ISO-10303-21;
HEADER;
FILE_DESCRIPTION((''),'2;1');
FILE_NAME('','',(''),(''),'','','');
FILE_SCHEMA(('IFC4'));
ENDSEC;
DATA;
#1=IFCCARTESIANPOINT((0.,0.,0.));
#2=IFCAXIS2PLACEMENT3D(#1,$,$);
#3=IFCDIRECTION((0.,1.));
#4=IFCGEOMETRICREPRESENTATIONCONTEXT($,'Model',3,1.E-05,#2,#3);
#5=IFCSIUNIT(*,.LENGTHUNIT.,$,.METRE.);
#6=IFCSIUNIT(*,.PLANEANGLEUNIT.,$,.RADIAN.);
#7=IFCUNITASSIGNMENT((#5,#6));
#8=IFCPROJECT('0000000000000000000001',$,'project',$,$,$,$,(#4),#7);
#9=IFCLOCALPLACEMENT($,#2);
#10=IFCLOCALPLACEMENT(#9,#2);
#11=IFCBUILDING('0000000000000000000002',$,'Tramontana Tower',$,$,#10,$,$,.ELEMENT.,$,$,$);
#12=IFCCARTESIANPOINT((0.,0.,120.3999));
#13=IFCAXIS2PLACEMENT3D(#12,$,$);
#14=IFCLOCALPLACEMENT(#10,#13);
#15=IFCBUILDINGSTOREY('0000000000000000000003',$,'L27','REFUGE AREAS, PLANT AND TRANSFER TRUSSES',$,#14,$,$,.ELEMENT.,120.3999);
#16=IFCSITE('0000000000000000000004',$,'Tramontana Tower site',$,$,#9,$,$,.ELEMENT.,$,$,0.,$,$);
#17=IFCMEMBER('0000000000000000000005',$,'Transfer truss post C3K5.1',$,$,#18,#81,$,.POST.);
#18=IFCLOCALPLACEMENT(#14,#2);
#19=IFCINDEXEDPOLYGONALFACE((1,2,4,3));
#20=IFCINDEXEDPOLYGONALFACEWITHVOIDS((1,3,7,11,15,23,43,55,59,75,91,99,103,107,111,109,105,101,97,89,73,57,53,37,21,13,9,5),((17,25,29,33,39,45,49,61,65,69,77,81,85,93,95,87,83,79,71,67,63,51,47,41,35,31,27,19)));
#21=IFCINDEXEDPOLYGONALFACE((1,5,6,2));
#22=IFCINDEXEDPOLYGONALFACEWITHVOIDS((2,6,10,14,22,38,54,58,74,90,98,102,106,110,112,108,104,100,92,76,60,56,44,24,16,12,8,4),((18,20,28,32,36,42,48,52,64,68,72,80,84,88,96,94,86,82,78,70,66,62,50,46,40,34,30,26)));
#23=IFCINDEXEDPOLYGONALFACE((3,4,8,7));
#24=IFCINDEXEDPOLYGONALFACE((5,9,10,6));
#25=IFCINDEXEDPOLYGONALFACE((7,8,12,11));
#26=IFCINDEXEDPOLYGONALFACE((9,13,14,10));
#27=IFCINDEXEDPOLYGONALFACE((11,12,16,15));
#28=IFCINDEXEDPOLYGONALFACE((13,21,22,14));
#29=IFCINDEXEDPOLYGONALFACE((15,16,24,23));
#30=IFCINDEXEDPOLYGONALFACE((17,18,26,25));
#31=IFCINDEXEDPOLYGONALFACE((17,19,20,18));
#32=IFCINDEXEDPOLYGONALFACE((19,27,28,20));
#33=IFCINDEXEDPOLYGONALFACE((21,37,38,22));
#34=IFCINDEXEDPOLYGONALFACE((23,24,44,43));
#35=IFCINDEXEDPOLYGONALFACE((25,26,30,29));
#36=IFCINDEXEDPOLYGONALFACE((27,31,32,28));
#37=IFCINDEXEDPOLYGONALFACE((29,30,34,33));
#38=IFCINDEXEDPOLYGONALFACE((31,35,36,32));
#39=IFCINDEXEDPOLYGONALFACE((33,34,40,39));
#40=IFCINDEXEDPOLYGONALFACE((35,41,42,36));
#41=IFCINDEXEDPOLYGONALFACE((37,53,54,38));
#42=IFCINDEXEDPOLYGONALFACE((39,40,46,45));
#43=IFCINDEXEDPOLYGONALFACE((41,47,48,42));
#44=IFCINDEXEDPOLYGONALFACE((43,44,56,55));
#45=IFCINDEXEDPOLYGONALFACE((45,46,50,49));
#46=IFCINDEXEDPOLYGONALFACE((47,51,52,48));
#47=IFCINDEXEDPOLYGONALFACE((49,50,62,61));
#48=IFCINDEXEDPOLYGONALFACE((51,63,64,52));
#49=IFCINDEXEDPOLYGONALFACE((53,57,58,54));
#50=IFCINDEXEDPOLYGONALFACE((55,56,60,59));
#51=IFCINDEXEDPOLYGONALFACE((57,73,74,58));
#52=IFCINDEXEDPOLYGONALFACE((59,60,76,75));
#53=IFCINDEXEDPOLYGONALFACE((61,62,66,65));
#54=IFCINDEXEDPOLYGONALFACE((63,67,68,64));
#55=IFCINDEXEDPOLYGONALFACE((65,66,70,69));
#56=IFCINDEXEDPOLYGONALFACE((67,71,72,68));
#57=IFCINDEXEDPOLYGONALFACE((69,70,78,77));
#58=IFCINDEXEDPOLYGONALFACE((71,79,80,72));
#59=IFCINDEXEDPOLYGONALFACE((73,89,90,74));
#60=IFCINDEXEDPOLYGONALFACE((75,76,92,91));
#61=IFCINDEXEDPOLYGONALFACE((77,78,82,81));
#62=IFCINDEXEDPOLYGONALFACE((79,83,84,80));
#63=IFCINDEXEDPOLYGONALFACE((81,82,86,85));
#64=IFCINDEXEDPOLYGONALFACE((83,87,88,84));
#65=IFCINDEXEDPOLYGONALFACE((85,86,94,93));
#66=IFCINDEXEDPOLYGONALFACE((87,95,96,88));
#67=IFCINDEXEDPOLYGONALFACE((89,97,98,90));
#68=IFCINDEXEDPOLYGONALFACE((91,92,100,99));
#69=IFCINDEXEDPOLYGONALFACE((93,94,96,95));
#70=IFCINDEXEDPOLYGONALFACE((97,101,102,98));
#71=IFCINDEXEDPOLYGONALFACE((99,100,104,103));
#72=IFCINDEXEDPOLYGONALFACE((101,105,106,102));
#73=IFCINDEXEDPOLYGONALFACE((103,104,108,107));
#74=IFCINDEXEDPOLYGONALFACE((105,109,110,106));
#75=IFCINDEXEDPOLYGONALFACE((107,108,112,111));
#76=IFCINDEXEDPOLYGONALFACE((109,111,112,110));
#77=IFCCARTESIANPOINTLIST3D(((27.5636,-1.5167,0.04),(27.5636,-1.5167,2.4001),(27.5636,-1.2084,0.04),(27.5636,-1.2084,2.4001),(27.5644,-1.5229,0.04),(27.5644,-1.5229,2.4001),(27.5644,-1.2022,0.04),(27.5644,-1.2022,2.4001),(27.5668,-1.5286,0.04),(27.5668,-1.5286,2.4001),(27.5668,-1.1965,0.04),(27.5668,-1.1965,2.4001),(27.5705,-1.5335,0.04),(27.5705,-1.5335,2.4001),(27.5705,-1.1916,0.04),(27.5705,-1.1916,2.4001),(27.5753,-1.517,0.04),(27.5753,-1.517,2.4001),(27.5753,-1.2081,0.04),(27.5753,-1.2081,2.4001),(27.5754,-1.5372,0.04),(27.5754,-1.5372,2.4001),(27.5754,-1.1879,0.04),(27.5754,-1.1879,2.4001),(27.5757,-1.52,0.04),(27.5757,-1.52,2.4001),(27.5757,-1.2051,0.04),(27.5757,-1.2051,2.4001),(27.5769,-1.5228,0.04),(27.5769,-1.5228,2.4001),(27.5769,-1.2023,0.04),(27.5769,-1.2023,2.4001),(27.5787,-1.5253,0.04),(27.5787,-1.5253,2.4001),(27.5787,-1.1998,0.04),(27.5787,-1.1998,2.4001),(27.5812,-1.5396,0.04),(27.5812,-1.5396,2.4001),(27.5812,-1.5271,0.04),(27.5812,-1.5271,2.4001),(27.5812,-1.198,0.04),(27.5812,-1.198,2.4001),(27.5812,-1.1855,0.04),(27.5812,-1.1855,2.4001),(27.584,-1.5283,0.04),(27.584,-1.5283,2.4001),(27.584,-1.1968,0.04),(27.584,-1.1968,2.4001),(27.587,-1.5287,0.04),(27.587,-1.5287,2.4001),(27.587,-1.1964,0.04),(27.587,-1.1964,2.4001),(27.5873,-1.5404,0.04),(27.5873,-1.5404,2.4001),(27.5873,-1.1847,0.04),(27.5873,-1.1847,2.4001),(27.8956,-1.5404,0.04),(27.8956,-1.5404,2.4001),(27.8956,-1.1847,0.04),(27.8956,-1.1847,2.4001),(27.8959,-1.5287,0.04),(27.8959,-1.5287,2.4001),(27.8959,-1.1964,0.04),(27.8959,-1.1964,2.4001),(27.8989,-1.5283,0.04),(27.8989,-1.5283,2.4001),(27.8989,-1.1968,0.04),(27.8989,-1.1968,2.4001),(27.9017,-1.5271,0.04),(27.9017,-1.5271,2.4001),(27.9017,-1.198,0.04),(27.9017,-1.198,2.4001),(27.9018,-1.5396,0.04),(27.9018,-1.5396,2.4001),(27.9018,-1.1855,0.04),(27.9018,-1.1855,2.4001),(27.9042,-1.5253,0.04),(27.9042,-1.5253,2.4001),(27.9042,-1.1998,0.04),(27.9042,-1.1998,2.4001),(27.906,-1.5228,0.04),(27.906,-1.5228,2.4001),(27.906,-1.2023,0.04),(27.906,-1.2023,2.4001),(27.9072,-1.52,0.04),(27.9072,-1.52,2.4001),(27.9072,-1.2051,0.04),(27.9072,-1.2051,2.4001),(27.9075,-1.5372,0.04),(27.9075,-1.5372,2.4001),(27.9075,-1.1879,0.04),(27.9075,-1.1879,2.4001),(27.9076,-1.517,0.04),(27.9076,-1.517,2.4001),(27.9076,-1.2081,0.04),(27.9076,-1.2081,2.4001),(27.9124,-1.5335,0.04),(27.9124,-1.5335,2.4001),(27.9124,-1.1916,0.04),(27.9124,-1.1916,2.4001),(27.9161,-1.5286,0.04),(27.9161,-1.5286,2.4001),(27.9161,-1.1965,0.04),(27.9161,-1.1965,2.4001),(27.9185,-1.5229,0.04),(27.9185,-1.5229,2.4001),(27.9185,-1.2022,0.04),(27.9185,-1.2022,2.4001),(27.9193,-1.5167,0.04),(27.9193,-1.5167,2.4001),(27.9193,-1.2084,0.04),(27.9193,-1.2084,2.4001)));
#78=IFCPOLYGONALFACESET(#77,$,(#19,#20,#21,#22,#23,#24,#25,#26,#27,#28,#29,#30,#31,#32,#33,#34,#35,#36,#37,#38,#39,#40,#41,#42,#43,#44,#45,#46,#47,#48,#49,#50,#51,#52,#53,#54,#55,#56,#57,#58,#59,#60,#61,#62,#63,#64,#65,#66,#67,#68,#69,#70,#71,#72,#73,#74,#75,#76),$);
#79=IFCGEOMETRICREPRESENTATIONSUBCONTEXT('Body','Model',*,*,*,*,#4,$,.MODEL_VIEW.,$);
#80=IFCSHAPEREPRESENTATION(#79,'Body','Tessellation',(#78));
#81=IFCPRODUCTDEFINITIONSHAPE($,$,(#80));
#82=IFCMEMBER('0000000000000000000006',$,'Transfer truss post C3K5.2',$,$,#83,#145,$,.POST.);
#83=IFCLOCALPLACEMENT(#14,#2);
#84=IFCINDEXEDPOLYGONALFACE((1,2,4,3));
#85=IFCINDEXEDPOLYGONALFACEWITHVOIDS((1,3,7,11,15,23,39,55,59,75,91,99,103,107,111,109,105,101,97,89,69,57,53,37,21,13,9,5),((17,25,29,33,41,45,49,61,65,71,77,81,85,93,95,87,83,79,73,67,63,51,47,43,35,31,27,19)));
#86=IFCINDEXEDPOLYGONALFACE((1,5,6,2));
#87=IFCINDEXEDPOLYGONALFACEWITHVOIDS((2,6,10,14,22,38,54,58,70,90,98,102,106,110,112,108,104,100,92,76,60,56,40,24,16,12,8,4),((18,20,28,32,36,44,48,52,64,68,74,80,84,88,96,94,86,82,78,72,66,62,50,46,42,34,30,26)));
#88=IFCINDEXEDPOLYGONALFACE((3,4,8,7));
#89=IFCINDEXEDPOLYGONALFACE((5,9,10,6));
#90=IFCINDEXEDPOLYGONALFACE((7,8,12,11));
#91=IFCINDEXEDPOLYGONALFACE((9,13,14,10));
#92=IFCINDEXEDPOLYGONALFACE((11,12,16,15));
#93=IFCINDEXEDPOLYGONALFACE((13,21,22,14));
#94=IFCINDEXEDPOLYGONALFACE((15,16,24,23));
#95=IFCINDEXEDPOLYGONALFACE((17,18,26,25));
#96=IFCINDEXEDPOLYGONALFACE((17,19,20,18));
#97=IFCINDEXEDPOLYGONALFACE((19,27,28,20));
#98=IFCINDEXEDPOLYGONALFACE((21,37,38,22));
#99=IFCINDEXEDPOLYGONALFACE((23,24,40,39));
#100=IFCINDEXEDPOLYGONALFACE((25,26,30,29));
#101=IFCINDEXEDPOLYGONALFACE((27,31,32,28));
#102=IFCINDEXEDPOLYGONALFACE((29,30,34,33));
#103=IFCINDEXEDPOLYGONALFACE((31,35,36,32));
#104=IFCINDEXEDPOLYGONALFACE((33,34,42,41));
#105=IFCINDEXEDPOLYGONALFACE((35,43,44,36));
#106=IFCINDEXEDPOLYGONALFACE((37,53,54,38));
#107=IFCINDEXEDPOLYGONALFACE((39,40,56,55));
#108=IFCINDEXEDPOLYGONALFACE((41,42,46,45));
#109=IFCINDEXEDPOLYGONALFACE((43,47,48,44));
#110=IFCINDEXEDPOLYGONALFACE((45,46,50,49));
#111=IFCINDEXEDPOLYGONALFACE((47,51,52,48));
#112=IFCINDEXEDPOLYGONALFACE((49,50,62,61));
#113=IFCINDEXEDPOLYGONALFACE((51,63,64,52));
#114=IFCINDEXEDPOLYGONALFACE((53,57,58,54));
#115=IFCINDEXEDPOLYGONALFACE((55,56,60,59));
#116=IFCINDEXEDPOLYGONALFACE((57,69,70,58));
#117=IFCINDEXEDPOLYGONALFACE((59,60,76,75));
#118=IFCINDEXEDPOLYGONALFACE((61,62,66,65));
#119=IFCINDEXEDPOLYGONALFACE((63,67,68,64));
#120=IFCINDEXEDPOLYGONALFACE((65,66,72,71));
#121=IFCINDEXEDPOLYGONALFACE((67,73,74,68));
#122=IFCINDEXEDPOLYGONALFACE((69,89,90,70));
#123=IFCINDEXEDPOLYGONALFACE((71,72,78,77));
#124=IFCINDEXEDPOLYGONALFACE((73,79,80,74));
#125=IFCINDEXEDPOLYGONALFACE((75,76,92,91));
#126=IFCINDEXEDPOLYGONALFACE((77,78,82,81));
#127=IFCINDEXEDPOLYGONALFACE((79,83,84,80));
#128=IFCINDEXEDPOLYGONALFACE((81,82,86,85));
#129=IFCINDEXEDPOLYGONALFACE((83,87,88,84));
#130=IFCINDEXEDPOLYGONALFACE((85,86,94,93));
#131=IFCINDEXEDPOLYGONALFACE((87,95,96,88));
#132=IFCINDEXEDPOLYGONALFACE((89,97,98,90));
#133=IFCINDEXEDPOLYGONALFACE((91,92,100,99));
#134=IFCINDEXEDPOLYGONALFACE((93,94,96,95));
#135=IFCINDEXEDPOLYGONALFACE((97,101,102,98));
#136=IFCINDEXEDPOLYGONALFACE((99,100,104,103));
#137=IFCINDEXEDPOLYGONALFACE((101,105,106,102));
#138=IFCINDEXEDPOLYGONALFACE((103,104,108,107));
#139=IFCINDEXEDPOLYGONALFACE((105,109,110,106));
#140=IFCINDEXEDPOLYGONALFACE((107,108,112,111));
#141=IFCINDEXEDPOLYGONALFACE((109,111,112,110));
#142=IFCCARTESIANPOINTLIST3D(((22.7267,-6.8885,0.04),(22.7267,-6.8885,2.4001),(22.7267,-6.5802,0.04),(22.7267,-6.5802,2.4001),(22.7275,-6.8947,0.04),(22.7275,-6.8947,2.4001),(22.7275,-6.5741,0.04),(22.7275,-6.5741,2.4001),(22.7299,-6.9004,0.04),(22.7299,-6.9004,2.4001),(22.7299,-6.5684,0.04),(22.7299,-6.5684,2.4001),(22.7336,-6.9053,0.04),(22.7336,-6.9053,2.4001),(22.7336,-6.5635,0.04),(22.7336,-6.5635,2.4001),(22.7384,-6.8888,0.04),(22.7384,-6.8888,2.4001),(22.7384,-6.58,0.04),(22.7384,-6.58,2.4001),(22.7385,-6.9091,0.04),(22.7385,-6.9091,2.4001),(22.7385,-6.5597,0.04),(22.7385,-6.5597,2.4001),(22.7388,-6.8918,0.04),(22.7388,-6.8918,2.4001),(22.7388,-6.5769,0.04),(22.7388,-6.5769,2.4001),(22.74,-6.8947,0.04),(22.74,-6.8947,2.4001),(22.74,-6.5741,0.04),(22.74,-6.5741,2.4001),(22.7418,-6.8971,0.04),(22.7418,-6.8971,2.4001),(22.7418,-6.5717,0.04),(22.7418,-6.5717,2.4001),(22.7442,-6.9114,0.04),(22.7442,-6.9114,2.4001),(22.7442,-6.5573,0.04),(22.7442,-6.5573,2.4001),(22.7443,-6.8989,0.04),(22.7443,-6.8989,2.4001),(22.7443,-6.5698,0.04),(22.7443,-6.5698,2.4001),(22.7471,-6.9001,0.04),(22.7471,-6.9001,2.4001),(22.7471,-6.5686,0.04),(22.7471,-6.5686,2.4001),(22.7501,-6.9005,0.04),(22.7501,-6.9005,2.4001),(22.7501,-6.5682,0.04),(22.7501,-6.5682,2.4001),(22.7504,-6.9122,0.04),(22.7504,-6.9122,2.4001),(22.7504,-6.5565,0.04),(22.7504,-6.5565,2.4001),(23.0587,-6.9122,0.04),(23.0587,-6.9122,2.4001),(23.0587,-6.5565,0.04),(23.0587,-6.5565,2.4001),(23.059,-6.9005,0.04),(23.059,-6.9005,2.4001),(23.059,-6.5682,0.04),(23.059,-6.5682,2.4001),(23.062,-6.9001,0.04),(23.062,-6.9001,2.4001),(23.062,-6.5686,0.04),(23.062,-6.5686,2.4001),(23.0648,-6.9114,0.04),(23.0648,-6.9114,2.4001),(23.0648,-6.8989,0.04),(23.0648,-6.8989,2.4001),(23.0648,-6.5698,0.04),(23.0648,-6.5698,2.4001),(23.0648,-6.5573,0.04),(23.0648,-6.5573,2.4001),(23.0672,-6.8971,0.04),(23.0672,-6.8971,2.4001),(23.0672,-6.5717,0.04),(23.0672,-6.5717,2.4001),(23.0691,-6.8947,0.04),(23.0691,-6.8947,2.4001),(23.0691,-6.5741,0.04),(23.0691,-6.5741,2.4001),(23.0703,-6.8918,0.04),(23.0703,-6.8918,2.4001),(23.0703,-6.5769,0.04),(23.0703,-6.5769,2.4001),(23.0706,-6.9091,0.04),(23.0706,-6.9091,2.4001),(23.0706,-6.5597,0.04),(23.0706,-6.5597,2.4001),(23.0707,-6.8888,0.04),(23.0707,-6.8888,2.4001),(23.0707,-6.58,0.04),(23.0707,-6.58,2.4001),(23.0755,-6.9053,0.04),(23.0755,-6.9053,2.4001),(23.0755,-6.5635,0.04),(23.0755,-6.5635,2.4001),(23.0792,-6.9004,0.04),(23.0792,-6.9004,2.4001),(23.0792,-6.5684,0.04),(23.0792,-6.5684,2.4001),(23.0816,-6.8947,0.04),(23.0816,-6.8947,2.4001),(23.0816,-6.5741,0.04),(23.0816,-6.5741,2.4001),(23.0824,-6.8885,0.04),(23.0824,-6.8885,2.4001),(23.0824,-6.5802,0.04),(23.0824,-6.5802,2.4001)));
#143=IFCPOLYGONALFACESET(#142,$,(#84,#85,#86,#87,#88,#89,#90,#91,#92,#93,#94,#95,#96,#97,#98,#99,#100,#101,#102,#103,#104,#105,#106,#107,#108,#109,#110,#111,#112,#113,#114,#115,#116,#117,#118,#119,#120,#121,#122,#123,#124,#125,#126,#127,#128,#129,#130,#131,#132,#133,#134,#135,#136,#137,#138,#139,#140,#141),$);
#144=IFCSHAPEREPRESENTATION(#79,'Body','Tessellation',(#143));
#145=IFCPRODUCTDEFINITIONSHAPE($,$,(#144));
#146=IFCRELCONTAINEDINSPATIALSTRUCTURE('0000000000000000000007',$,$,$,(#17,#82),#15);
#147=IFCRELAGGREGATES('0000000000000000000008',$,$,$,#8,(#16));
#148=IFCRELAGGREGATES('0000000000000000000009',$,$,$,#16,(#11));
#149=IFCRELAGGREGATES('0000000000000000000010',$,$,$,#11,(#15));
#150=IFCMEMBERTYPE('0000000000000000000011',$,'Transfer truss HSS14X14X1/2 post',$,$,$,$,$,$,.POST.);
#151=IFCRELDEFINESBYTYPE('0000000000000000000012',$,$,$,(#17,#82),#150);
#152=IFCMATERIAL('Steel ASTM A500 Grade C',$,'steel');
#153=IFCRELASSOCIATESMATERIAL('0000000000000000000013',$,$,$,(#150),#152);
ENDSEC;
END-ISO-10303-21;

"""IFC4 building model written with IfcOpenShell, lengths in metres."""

from ifc_helpers import new_model, si_unit, direction, frame, origin, origin_2d, place, context, subcontext, project, spatial, hollow_rectangle, extrude, material, material_profile, profile_set, type_object, element, save


model = new_model("IFC4")

# Units and contexts
model_context = context("Model", 3, precision=1e-05, world=origin(), true_north=direction((0.0, 1.0)))
body_context = subcontext(model_context, "Body", "Model", "MODEL_VIEW")
ifc_project = project(units=[si_unit("LENGTHUNIT", "METRE"), si_unit("PLANEANGLEUNIT", "RADIAN")], contexts=[model_context])

# Site, building, storey
site_placement = place(None, origin())
site = spatial("IfcSite", under=ifc_project, at=site_placement, Name="Tramontana Tower site", CompositionType="ELEMENT", RefElevation=0.0)
building_placement = place(site_placement, origin())
building = spatial("IfcBuilding", under=site, at=building_placement, Name="Tramontana Tower", CompositionType="ELEMENT")
storey_placement = place(building_placement, frame((0.0, 0.0, 120.3999)))
storey = spatial("IfcBuildingStorey", under=building, at=storey_placement, Name="L27", Description="REFUGE AREAS, PLANT AND TRANSFER TRUSSES", CompositionType="ELEMENT", Elevation=120.3999)

# Members
ifc_material_1 = material(Name="Steel ASTM A500 Grade C", Category="steel")
ifc_material_profile_1 = material_profile(ifc_material_1, hollow_rectangle(XDim=0.3557, YDim=0.3557, WallThickness=0.0117, InnerFilletRadius=0.0117, OuterFilletRadius=0.0237, at=origin_2d()), Name="HSS14X14X1/2")
ifc_profile_set_1 = profile_set([ifc_material_profile_1], Name="Steel ASTM A500 Grade C")
member_type_1 = type_object("IfcMemberType", Name="Transfer truss HSS14X14X1/2 post", PredefinedType="POST", material=ifc_profile_set_1)
for number, where, z_axis, x_axis, name in (
    (1, (27.7415, -1.3625, 0.04), (0.0, 0.0, 1.0), (1.0, 0.0, 0.0), "Transfer truss post C3K5.1"),
    (2, (22.9045, -6.7344, 0.04), (0.0, 0.0, 1.0), (1.0, 0.0, 0.0), "Transfer truss post C3K5.2"),
):
    element("IfcMember", number, at=place(storey_placement, frame(where, z_axis=z_axis, x_axis=x_axis)), inside=storey, type_object=member_type_1, Name=name, PredefinedType="POST", context=body_context, shape_type="SweptSolid", body=[
        extrude(hollow_rectangle(XDim=0.3557, YDim=0.3557, WallThickness=0.0117, InnerFilletRadius=0.0117, OuterFilletRadius=0.0237, at=origin_2d()), origin(), (0.0, 0.0, 1.0), 2.3601),
    ])

save(model, "model.ifc")
